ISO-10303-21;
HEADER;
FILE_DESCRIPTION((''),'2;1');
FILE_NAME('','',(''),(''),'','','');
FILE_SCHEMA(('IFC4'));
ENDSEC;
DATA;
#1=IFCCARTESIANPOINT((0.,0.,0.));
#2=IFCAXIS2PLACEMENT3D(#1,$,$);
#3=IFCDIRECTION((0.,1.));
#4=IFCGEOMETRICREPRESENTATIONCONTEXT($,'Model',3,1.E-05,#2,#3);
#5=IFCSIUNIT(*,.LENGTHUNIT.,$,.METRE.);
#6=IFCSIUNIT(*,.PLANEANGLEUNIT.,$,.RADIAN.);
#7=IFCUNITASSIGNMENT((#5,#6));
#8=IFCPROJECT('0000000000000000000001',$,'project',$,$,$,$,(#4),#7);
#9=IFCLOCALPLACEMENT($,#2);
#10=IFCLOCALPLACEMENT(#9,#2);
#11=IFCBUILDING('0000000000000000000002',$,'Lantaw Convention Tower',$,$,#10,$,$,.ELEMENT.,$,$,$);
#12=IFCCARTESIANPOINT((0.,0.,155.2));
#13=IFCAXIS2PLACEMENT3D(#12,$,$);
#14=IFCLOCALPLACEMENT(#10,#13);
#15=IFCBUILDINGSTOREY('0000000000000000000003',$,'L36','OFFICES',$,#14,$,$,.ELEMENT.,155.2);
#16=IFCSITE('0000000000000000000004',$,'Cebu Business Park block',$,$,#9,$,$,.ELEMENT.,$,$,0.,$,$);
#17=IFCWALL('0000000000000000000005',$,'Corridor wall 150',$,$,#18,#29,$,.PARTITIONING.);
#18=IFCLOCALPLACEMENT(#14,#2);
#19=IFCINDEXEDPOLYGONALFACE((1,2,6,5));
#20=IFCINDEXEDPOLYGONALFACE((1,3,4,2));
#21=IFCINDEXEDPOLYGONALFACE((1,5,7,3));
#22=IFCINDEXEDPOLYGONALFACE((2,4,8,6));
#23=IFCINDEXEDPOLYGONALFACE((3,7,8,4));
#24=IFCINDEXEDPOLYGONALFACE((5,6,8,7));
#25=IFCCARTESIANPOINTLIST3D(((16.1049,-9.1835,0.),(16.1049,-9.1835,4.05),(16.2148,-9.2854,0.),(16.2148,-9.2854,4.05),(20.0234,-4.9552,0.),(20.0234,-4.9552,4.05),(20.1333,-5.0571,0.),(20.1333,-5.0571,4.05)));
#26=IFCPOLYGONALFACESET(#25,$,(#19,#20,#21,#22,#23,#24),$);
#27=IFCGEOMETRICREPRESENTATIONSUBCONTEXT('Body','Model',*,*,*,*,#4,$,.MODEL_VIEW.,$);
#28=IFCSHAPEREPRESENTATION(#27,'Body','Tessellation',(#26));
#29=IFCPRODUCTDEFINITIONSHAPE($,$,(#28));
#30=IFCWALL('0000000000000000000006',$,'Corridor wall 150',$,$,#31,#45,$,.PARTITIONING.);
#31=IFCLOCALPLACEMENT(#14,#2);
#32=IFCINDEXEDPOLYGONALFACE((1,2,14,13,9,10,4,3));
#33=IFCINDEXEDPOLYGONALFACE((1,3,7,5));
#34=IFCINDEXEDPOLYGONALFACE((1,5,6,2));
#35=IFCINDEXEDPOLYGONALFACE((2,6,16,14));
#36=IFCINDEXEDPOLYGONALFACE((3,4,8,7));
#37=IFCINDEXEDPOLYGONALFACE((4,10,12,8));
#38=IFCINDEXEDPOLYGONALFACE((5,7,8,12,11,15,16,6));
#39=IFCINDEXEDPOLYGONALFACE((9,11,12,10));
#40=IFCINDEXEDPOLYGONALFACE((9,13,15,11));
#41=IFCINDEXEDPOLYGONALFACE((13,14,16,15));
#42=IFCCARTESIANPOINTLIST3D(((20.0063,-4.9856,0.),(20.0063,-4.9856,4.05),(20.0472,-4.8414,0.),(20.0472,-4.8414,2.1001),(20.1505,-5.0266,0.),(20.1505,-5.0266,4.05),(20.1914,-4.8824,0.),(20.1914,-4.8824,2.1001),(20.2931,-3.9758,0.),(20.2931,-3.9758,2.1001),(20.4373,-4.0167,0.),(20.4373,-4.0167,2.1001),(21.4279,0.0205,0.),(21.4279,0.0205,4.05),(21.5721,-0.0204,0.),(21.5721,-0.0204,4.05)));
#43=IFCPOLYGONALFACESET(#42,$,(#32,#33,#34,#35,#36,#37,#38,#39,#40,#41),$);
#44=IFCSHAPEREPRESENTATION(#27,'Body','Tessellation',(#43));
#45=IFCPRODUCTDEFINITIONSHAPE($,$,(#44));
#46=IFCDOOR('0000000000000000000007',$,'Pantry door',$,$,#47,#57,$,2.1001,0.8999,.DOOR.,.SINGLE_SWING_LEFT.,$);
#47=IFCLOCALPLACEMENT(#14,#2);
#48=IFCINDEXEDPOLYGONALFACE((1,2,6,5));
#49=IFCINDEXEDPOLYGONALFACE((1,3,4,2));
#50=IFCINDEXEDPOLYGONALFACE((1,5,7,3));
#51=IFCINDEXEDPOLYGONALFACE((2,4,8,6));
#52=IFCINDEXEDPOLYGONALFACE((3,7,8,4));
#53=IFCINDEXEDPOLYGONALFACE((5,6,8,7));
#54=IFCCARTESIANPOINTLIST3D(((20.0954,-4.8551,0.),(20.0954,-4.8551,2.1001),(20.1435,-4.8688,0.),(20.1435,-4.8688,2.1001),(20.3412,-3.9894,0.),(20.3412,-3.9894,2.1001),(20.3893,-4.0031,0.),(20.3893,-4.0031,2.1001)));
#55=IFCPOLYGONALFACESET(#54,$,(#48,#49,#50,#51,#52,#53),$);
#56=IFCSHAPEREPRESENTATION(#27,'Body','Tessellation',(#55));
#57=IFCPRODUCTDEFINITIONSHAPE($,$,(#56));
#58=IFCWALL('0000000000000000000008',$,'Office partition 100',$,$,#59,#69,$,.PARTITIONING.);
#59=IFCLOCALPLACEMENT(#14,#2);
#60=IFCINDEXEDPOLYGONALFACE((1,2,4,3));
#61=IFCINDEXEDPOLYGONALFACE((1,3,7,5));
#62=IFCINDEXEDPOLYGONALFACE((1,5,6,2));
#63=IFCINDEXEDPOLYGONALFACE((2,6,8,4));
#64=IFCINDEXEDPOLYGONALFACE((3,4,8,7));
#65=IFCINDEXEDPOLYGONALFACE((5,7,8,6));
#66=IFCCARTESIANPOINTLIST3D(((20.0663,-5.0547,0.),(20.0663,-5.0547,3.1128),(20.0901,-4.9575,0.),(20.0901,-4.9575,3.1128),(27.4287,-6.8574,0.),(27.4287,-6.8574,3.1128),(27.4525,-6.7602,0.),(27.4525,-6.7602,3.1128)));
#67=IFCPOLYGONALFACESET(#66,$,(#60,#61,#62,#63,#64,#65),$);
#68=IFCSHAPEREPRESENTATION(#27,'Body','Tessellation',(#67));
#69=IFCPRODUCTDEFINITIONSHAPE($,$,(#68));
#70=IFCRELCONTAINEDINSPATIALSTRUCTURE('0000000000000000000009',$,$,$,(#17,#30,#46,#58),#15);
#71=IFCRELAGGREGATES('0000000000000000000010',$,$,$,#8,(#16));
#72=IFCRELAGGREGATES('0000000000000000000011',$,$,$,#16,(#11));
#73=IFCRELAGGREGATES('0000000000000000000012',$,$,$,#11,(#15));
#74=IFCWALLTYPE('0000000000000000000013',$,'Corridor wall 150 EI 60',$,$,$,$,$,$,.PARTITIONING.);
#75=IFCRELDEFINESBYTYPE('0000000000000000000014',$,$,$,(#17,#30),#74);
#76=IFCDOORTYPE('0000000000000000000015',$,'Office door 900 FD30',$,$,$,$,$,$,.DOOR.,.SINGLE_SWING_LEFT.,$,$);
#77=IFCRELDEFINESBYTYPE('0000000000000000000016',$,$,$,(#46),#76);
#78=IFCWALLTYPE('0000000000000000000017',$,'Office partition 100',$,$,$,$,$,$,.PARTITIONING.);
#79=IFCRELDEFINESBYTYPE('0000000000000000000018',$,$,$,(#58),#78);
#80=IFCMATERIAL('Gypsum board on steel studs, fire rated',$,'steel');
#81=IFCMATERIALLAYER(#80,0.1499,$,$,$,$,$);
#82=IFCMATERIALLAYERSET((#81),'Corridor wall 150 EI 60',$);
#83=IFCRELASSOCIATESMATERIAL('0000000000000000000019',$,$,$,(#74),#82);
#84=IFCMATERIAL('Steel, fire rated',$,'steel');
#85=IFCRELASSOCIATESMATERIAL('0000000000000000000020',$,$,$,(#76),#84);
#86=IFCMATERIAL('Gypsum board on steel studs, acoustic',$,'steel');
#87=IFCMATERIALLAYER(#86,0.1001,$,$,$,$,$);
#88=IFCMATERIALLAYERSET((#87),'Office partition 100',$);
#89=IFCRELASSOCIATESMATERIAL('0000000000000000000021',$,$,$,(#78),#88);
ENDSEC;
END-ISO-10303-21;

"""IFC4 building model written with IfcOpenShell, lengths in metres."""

from ifc_helpers import new_model, si_unit, direction, frame, frame_2d, origin, place, context, subcontext, project, spatial, rectangle, extrude, material, layer, layer_set, type_object, element, fill, save


model = new_model("IFC4")

# Units and contexts
model_context = context("Model", 3, precision=1e-05, world=origin(), true_north=direction((0.0, 1.0)))
body_context = subcontext(model_context, "Body", "Model", "MODEL_VIEW")
ifc_project = project(units=[si_unit("LENGTHUNIT", "METRE"), si_unit("PLANEANGLEUNIT", "RADIAN")], contexts=[model_context])

# Site, building, storey
site_placement = place(None, origin())
site = spatial("IfcSite", under=ifc_project, at=site_placement, Name="Cebu Business Park block", CompositionType="ELEMENT", RefElevation=0.0)
building_placement = place(site_placement, origin())
building = spatial("IfcBuilding", under=site, at=building_placement, Name="Lantaw Convention Tower", CompositionType="ELEMENT")
storey_placement = place(building_placement, frame((0.0, 0.0, 155.2)))
storey = spatial("IfcBuildingStorey", under=building, at=storey_placement, Name="L36", Description="OFFICES", CompositionType="ELEMENT", Elevation=155.2)

# Wall
ifc_material_1 = material(Name="Gypsum board on steel studs, fire rated", Category="steel")
ifc_layer_1 = layer(ifc_material_1, 0.1499)
ifc_layer_set_1 = layer_set([ifc_layer_1], Name="Corridor wall 150 EI 60")
wall_type_1 = type_object("IfcWallType", Name="Corridor wall 150 EI 60", PredefinedType="PARTITIONING", material=ifc_layer_set_1)
wall_1_placement = place(storey_placement, frame((16.1599, -9.2344, 0.0), z_axis=(0.0, 0.0, 1.0), x_axis=(0.679725, 0.733467, 0.0)))
element("IfcWall", 1, at=wall_1_placement, inside=storey, type_object=wall_type_1, Name="Corridor wall 150", PredefinedType="PARTITIONING", context=body_context, shape_type="SweptSolid", body=[
    extrude(rectangle(XDim=5.7649, YDim=0.1499, at=frame_2d((2.8823, 0.0))), origin(), (0.0, 0.0, 1.0), 4.05),
])

# Wall, opening, door
wall_2_placement = place(storey_placement, frame((20.0784, -5.0061, 0.0), z_axis=(0.0, 0.0, 1.0), x_axis=(0.273178, 0.961964, 0.0)))
wall_2 = element("IfcWall", 2, at=wall_2_placement, inside=storey, type_object=wall_type_1, Name="Corridor wall 150", PredefinedType="PARTITIONING", context=body_context, shape_type="SweptSolid", body=[
    extrude(rectangle(XDim=5.2041, YDim=0.1499, at=frame_2d((2.6021, 0.0))), origin(), (0.0, 0.0, 1.0), 4.05),
])
opening_placement = place(wall_2_placement, frame((0.1499, 0.0, 0.0)))
opening = element("IfcOpeningElement", 3, at=opening_placement, cuts=wall_2, PredefinedType="OPENING", context=body_context, shape_type="SweptSolid", body=[
    extrude(rectangle(XDim=0.8999, YDim=2.1001, at=frame_2d((0.45, 1.05))), frame((0.0, 0.085, 0.0), z_axis=(0.0, -1.0, 0.0), x_axis=(1.0, 0.0, 0.0)), (0.0, 0.0, 1.0), 0.1699),
])
ifc_material_2 = material(Name="Steel, fire rated", Category="steel")
door_type = type_object("IfcDoorType", Name="Office door 900 FD30", OperationType="SINGLE_SWING_LEFT", PredefinedType="DOOR", material=ifc_material_2)
door_placement = place(opening_placement, origin())
door = element("IfcDoor", 4, at=door_placement, inside=storey, type_object=door_type, Name="Pantry door", OperationType="SINGLE_SWING_LEFT", OverallHeight=2.1001, OverallWidth=0.8999, PredefinedType="DOOR", context=body_context, shape_type="SweptSolid", body=[
    extrude(rectangle(XDim=0.8999, YDim=2.1001, at=frame_2d((0.45, 1.05))), frame((0.0, 0.0249, 0.0), z_axis=(0.0, -1.0, 0.0), x_axis=(1.0, 0.0, 0.0)), (0.0, 0.0, 1.0), 0.05),
])
fill(opening, door)

# Wall
ifc_material_3 = material(Name="Gypsum board on steel studs, acoustic", Category="steel")
ifc_layer_2 = layer(ifc_material_3, 0.1001)
ifc_layer_set_2 = layer_set([ifc_layer_2], Name="Office partition 100")
wall_type_2 = type_object("IfcWallType", Name="Office partition 100", PredefinedType="PARTITIONING", material=ifc_layer_set_2)
wall_3_placement = place(storey_placement, frame((27.4407, -6.8088, 0.0), z_axis=(0.0, 0.0, 1.0), x_axis=(-0.971306, 0.237834, 0.0)))
element("IfcWall", 5, at=wall_3_placement, inside=storey, type_object=wall_type_2, Name="Office partition 100", PredefinedType="PARTITIONING", context=body_context, shape_type="SweptSolid", body=[
    extrude(rectangle(XDim=7.5798, YDim=0.1001, at=frame_2d((3.79, 0.0))), origin(), (0.0, 0.0, 1.0), 3.1128),
])

save(model, "model.ifc")
